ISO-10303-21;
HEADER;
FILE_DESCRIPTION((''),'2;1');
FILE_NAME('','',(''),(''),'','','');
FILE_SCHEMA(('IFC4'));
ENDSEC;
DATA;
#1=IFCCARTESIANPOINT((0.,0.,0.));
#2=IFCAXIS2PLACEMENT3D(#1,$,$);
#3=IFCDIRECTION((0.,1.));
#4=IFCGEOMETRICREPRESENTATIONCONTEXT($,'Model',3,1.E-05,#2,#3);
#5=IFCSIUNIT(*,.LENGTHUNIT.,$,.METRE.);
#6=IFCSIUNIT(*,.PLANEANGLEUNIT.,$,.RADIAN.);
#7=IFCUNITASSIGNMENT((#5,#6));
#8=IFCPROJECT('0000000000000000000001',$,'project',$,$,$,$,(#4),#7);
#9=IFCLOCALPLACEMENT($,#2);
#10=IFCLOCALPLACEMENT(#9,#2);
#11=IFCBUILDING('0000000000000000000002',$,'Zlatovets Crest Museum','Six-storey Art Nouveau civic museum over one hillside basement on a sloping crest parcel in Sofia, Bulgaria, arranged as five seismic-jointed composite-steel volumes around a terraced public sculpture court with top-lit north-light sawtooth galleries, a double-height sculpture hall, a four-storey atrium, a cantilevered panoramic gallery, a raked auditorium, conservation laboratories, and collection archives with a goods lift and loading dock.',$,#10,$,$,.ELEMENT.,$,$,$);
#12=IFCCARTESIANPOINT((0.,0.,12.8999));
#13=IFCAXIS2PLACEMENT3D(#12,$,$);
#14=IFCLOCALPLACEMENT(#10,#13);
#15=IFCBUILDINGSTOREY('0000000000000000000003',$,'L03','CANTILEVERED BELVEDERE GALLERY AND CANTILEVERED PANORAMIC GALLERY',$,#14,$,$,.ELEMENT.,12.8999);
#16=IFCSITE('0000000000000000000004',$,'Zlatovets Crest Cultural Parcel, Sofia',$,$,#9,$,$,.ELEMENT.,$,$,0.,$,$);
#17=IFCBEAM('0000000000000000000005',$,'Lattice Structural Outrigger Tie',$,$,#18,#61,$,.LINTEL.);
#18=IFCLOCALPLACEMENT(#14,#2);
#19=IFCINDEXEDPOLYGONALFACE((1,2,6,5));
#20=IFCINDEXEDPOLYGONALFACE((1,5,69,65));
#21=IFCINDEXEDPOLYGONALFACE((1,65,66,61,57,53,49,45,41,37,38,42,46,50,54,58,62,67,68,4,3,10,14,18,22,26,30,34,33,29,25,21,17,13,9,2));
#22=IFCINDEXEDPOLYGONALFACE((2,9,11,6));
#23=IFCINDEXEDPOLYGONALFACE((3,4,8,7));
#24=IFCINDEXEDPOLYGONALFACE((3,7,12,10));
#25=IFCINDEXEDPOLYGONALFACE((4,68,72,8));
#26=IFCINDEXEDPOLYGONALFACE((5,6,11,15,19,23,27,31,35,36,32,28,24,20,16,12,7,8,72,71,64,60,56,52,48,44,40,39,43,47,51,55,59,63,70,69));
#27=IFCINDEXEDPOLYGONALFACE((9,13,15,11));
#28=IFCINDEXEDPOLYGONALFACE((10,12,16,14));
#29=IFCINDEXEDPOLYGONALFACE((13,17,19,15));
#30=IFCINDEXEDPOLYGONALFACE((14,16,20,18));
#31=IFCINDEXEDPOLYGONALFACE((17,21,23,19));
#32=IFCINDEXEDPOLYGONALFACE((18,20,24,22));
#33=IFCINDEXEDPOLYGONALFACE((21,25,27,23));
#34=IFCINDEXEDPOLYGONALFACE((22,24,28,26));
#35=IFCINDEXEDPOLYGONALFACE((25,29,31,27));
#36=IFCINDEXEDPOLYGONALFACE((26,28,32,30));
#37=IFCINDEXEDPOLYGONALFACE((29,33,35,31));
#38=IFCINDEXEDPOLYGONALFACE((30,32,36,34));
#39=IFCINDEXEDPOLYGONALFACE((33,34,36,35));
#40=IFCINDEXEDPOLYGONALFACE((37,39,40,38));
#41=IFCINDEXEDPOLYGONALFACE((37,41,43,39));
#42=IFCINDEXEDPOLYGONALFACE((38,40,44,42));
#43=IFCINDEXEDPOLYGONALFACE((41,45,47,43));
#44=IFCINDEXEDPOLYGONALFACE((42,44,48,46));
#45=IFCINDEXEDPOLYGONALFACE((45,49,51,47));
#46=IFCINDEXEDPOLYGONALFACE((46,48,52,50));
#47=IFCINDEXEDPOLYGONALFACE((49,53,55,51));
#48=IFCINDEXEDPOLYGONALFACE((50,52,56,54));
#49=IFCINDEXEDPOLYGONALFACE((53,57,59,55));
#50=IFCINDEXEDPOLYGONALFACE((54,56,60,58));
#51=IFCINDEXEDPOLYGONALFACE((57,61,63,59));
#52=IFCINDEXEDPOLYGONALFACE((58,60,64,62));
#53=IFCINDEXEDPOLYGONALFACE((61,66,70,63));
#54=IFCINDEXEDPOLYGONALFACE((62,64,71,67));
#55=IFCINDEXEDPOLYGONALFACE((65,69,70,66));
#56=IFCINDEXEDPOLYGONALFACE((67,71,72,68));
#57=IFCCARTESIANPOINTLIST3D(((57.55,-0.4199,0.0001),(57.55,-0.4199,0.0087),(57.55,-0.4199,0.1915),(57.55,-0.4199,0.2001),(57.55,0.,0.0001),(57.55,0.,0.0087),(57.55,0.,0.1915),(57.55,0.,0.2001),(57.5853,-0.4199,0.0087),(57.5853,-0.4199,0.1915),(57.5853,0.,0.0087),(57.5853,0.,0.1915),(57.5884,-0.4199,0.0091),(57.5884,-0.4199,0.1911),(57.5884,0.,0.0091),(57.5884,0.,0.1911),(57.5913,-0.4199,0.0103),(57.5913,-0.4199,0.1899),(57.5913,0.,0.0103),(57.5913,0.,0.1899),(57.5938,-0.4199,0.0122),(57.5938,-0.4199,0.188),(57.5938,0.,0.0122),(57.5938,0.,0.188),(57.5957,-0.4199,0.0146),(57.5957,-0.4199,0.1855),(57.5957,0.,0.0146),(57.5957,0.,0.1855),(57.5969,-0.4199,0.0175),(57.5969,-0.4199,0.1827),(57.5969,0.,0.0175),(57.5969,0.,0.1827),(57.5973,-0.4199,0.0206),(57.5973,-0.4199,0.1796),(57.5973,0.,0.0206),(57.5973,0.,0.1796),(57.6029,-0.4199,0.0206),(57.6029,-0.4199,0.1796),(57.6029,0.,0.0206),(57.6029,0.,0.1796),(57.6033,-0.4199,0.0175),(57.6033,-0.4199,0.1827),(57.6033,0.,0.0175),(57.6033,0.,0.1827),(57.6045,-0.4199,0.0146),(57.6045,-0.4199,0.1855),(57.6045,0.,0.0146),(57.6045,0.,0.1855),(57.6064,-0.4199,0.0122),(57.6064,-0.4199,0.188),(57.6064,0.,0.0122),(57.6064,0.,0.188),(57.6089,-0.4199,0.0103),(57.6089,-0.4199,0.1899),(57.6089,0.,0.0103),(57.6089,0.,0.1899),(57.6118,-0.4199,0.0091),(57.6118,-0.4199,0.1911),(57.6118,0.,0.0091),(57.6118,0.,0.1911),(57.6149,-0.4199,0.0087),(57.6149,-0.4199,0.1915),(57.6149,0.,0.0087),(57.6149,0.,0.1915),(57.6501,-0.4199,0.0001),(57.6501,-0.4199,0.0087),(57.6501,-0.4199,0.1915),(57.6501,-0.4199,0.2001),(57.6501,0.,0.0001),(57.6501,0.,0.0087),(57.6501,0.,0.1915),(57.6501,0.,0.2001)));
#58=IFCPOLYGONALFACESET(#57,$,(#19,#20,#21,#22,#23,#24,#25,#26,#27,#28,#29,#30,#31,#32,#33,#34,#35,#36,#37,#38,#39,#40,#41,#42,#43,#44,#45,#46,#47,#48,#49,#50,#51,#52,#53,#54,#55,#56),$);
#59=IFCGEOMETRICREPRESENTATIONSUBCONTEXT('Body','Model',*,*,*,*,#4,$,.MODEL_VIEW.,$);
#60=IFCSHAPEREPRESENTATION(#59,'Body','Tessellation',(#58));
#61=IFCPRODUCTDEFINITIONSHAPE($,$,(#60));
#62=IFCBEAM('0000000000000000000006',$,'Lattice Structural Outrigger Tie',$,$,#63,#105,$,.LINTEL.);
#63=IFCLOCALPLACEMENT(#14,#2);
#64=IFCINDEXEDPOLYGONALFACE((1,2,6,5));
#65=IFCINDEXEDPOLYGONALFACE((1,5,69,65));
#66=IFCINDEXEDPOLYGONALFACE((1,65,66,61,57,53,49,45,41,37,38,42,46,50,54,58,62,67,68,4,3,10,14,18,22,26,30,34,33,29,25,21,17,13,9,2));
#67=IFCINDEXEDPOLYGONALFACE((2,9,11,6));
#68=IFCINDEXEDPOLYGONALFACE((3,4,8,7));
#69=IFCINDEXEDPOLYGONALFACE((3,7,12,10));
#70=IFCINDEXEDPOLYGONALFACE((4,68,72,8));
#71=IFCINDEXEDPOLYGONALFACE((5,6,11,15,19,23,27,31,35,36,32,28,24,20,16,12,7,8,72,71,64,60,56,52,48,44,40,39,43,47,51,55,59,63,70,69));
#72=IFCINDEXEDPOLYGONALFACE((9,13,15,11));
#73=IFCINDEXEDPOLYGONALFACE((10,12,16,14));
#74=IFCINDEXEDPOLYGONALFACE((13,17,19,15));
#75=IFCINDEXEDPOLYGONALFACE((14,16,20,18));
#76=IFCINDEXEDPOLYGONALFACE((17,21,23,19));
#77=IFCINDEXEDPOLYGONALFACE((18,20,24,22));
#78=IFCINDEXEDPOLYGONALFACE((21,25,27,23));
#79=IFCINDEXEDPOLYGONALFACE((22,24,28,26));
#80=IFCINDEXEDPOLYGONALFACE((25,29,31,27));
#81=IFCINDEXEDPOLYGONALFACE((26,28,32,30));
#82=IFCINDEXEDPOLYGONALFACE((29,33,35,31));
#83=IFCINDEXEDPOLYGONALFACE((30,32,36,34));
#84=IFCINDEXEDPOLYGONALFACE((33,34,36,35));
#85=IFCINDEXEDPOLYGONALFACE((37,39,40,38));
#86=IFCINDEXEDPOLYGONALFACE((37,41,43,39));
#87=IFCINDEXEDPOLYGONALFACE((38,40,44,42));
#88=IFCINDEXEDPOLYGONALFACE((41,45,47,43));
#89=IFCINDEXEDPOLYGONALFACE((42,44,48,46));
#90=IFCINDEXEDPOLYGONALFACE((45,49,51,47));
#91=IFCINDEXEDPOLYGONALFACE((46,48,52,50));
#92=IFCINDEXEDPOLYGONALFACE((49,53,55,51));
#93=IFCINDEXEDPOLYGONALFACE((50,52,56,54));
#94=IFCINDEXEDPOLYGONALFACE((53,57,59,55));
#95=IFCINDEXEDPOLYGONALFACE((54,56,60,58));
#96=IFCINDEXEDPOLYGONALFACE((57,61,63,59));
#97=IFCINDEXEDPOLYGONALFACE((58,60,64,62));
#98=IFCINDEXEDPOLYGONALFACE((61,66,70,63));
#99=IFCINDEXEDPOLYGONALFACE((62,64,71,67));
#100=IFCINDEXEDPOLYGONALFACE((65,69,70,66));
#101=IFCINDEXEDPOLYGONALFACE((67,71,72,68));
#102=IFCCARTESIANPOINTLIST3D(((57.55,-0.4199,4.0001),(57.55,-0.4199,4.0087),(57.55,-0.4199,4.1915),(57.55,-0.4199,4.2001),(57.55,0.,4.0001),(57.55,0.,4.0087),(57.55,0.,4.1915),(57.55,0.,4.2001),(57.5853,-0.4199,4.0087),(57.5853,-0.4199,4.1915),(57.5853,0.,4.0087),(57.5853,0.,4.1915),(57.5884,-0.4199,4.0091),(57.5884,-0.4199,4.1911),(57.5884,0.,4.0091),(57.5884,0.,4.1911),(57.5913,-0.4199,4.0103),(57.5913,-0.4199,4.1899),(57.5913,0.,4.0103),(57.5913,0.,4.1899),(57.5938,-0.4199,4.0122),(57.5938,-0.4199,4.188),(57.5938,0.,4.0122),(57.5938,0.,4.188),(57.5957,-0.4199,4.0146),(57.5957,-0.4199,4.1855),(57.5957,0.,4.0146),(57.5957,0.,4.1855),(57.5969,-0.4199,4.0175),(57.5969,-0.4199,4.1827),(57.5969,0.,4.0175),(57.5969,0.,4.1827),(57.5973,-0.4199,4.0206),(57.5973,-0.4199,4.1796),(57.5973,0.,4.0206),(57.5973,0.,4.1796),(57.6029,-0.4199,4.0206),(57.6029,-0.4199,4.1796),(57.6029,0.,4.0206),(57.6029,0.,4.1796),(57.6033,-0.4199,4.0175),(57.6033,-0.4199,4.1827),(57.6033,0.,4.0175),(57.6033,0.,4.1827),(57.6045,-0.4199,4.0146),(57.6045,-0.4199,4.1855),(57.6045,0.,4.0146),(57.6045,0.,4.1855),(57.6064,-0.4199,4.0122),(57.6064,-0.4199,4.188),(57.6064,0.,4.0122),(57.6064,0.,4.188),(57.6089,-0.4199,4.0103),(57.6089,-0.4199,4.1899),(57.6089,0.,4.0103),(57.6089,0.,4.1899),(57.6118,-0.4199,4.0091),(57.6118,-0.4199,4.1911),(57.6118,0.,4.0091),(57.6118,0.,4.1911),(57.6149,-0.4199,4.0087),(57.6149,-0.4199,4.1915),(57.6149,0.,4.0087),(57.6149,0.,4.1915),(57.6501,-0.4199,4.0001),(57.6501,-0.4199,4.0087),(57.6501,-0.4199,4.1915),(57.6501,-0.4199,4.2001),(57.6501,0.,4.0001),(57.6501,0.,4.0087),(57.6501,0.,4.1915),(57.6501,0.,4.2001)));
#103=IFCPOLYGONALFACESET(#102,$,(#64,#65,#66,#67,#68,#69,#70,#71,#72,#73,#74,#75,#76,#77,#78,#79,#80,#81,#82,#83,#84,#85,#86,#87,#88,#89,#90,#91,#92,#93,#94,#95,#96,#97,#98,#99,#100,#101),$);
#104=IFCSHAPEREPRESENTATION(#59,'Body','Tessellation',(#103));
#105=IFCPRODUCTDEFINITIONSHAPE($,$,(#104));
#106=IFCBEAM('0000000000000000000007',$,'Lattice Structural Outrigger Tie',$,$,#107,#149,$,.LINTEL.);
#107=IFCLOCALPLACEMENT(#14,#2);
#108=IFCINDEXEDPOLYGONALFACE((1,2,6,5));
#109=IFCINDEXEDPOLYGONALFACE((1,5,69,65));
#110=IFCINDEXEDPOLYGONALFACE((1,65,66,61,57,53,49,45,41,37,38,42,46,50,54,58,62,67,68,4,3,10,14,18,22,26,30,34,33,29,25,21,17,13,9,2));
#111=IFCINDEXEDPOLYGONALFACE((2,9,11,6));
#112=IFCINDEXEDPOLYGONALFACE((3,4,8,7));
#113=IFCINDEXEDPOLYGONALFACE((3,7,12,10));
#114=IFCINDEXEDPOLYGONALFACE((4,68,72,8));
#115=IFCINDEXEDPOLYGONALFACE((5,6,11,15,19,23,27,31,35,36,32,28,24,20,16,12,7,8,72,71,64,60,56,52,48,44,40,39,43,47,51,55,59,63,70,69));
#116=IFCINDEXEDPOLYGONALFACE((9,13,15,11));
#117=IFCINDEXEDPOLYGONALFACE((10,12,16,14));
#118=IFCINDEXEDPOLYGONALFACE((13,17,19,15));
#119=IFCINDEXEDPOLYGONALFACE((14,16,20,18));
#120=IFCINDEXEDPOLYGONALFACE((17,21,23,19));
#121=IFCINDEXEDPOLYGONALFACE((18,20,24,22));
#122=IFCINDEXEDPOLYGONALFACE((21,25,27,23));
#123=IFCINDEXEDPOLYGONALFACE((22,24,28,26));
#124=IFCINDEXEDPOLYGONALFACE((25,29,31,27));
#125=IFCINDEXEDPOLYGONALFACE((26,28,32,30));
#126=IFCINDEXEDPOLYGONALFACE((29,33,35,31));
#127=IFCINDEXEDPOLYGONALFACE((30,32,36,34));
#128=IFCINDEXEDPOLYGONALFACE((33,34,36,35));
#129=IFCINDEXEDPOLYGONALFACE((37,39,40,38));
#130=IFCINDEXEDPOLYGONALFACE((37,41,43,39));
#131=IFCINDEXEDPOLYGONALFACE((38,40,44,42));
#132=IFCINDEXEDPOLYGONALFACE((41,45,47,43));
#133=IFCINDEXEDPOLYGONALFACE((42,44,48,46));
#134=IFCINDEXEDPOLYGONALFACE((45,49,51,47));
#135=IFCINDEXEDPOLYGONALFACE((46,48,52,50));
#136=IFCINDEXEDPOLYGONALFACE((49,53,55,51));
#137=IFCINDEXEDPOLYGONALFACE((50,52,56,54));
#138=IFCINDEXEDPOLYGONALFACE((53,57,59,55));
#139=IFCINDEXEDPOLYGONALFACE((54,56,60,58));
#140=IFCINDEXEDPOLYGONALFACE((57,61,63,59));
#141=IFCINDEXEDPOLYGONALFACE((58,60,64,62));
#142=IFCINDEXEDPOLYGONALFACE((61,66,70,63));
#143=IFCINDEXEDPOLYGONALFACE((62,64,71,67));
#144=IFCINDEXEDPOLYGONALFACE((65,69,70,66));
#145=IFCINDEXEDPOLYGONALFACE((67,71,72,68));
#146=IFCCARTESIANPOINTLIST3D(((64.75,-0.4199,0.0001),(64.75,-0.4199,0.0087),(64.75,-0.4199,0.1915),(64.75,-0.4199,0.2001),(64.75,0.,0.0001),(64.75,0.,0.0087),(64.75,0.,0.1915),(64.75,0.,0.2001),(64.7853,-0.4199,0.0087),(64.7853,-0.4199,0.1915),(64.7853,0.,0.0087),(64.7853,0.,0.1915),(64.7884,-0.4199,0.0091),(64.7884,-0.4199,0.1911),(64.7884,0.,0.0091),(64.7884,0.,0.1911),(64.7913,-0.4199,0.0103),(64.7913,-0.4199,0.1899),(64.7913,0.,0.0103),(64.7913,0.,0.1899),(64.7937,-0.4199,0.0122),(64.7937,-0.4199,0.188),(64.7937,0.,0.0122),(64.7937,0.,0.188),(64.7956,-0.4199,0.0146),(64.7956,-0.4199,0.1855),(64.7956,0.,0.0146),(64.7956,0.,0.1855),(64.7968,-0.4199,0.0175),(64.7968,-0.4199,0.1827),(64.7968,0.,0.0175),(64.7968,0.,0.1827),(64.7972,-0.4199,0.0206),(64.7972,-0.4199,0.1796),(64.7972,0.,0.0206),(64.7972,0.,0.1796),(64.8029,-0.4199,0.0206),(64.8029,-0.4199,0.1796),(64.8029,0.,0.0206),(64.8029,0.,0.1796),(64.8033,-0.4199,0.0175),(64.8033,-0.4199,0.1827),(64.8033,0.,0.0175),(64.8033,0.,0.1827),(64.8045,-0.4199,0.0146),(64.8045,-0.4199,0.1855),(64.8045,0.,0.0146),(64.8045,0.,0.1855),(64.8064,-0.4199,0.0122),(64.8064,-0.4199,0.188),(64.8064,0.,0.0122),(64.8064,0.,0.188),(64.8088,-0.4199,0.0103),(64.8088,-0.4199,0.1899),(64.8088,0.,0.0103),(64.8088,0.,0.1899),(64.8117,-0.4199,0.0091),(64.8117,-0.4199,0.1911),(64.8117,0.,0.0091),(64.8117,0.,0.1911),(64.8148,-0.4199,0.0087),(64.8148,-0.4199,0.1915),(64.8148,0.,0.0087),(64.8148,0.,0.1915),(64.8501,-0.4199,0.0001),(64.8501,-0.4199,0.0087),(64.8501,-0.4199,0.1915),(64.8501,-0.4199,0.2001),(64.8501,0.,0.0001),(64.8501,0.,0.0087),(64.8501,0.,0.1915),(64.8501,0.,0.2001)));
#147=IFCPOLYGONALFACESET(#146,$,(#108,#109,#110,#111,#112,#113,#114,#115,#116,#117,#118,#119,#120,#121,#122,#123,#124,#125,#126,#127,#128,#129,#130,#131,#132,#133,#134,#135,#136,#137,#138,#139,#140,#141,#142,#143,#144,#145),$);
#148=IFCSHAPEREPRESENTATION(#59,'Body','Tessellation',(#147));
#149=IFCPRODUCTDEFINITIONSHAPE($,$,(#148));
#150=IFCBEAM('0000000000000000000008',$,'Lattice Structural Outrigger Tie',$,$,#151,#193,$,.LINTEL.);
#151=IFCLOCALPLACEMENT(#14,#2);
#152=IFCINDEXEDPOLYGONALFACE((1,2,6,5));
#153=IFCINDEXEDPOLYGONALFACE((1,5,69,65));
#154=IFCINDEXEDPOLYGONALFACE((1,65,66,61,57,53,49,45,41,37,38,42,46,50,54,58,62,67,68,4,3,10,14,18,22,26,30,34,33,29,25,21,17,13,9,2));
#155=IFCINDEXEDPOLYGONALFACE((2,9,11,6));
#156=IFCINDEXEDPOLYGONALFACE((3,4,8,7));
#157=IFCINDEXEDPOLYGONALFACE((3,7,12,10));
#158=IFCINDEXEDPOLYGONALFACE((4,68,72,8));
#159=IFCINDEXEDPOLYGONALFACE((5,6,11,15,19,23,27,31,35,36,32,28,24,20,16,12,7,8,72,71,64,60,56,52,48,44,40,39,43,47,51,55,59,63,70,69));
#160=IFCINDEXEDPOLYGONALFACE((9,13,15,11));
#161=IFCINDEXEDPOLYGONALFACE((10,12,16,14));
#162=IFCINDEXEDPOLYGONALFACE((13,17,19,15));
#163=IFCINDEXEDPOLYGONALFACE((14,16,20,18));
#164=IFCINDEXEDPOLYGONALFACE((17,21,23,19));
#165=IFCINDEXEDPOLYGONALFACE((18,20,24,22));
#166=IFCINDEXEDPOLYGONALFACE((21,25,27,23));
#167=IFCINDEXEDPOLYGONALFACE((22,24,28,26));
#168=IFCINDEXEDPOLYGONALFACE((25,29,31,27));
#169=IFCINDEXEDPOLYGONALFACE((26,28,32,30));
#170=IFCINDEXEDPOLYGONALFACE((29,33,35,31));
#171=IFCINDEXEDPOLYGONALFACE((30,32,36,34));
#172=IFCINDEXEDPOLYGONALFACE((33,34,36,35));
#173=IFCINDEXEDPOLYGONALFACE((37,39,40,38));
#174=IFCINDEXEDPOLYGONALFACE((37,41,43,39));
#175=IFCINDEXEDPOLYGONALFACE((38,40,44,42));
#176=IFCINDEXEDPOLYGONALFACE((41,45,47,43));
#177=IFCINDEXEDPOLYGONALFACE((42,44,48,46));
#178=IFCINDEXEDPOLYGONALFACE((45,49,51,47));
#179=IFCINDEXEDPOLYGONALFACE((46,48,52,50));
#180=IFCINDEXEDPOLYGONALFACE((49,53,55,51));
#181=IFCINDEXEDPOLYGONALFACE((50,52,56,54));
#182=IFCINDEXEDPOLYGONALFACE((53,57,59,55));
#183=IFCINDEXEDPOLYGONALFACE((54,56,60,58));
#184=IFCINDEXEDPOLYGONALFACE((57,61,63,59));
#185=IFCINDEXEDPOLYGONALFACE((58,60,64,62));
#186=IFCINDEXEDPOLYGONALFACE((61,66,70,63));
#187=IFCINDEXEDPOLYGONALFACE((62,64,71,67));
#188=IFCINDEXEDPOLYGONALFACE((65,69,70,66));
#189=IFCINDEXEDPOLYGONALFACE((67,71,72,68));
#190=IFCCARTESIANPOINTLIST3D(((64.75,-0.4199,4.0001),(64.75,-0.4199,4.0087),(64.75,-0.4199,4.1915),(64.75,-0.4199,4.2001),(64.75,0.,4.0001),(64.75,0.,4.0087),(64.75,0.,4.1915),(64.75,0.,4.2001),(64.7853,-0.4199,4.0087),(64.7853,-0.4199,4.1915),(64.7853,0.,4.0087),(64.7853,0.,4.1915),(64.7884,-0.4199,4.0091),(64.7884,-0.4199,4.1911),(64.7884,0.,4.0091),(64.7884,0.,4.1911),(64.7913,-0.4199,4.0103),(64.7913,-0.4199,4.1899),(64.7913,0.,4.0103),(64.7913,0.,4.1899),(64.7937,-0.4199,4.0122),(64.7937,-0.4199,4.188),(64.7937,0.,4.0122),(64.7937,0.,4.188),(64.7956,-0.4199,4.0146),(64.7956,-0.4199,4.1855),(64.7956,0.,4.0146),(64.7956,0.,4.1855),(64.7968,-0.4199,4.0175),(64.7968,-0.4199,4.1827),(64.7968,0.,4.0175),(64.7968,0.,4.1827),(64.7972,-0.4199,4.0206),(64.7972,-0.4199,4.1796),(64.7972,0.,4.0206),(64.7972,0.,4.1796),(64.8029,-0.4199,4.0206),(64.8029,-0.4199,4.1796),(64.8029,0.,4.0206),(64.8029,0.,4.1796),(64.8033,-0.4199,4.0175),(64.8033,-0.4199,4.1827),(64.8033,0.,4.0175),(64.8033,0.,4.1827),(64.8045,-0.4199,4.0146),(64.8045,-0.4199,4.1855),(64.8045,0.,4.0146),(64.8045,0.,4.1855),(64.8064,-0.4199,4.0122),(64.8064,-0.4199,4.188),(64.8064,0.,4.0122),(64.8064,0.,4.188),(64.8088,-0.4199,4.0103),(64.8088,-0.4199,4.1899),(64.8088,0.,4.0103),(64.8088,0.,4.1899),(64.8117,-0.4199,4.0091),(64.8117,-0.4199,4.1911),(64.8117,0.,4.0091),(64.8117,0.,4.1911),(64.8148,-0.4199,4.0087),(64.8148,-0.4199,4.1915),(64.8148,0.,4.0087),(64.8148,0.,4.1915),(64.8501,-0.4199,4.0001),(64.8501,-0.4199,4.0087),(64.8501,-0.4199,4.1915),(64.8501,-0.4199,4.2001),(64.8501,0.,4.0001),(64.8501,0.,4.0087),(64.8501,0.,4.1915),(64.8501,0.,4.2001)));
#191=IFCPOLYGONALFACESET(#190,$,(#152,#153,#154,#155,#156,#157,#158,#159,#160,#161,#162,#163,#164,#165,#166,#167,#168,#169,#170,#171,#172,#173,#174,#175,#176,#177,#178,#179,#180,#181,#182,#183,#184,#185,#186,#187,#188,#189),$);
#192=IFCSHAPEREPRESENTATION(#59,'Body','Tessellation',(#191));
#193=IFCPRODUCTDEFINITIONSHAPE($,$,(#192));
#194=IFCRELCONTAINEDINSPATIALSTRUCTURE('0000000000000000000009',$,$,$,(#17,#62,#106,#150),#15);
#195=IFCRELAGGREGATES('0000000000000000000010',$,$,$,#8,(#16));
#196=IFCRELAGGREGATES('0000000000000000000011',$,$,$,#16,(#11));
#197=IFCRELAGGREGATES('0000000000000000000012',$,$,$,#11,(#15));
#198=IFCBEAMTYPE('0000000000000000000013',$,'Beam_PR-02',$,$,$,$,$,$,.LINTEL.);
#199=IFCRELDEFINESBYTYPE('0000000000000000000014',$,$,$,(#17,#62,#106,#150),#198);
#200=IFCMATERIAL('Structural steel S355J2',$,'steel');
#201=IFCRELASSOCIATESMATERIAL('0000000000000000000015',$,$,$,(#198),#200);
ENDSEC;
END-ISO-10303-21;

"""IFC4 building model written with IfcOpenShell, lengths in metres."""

from ifc_helpers import new_model, si_unit, direction, frame, origin, origin_2d, place, context, subcontext, project, spatial, i_section, extrude, material, material_profile, profile_set, type_object, element, save


model = new_model("IFC4")

# Units and contexts
model_context = context("Model", 3, precision=1e-05, world=origin(), true_north=direction((0.0, 1.0)))
body_context = subcontext(model_context, "Body", "Model", "MODEL_VIEW")
ifc_project = project(units=[si_unit("LENGTHUNIT", "METRE"), si_unit("PLANEANGLEUNIT", "RADIAN")], contexts=[model_context])

# Site, building, storey
site_placement = place(None, origin())
site = spatial("IfcSite", under=ifc_project, at=site_placement, Name="Zlatovets Crest Cultural Parcel, Sofia", CompositionType="ELEMENT", RefElevation=0.0)
building_placement = place(site_placement, origin())
building = spatial("IfcBuilding", under=site, at=building_placement, Name="Zlatovets Crest Museum", Description="Six-storey Art Nouveau civic museum over one hillside basement on a sloping crest parcel in Sofia, Bulgaria, arranged as five seismic-jointed composite-steel volumes around a terraced public sculpture court with top-lit north-light sawtooth galleries, a double-height sculpture hall, a four-storey atrium, a cantilevered panoramic gallery, a raked auditorium, conservation laboratories, and collection archives with a goods lift and loading dock.", CompositionType="ELEMENT")
storey_placement = place(building_placement, frame((0.0, 0.0, 12.8999)))
storey = spatial("IfcBuildingStorey", under=building, at=storey_placement, Name="L03", Description="CANTILEVERED BELVEDERE GALLERY AND CANTILEVERED PANORAMIC GALLERY", CompositionType="ELEMENT", Elevation=12.8999)

# Shared definitions
ifc_material_1 = material(Name="Structural steel S355J2", Category="steel")

# Beams
ifc_material_profile_1 = material_profile(ifc_material_1, i_section(OverallWidth=0.1001, OverallDepth=0.2, WebThickness=0.0056, FlangeThickness=0.0085, FilletRadius=0.012, at=origin_2d()), Name="IPE 200")
ifc_profile_set_1 = profile_set([ifc_material_profile_1], Name="Structural steel S355J2")
beam_type_1 = type_object("IfcBeamType", Name="Beam_PR-02", PredefinedType="LINTEL", material=ifc_profile_set_1)
for number, where, z_axis, x_axis, name in (
    (1, (57.6001, 0.0, 0.1001), (0.0, -1.0, 0.0), (1.0, 0.0, 0.0), "Lattice Structural Outrigger Tie"),
    (2, (57.6001, 0.0, 4.1001), (0.0, -1.0, 0.0), (1.0, 0.0, 0.0), "Lattice Structural Outrigger Tie"),
    (3, (64.8, 0.0, 0.1001), (0.0, -1.0, 0.0), (1.0, 0.0, 0.0), "Lattice Structural Outrigger Tie"),
    (4, (64.8, 0.0, 4.1001), (0.0, -1.0, 0.0), (1.0, 0.0, 0.0), "Lattice Structural Outrigger Tie"),
):
    element("IfcBeam", number, at=place(storey_placement, frame(where, z_axis=z_axis, x_axis=x_axis)), inside=storey, type_object=beam_type_1, Name=name, PredefinedType="LINTEL", context=body_context, shape_type="SweptSolid", body=[
        extrude(i_section(OverallWidth=0.1001, OverallDepth=0.2, WebThickness=0.0056, FlangeThickness=0.0085, FilletRadius=0.012, at=origin_2d()), origin(), (0.0, 0.0, 1.0), 0.4199),
    ])

save(model, "model.ifc")
